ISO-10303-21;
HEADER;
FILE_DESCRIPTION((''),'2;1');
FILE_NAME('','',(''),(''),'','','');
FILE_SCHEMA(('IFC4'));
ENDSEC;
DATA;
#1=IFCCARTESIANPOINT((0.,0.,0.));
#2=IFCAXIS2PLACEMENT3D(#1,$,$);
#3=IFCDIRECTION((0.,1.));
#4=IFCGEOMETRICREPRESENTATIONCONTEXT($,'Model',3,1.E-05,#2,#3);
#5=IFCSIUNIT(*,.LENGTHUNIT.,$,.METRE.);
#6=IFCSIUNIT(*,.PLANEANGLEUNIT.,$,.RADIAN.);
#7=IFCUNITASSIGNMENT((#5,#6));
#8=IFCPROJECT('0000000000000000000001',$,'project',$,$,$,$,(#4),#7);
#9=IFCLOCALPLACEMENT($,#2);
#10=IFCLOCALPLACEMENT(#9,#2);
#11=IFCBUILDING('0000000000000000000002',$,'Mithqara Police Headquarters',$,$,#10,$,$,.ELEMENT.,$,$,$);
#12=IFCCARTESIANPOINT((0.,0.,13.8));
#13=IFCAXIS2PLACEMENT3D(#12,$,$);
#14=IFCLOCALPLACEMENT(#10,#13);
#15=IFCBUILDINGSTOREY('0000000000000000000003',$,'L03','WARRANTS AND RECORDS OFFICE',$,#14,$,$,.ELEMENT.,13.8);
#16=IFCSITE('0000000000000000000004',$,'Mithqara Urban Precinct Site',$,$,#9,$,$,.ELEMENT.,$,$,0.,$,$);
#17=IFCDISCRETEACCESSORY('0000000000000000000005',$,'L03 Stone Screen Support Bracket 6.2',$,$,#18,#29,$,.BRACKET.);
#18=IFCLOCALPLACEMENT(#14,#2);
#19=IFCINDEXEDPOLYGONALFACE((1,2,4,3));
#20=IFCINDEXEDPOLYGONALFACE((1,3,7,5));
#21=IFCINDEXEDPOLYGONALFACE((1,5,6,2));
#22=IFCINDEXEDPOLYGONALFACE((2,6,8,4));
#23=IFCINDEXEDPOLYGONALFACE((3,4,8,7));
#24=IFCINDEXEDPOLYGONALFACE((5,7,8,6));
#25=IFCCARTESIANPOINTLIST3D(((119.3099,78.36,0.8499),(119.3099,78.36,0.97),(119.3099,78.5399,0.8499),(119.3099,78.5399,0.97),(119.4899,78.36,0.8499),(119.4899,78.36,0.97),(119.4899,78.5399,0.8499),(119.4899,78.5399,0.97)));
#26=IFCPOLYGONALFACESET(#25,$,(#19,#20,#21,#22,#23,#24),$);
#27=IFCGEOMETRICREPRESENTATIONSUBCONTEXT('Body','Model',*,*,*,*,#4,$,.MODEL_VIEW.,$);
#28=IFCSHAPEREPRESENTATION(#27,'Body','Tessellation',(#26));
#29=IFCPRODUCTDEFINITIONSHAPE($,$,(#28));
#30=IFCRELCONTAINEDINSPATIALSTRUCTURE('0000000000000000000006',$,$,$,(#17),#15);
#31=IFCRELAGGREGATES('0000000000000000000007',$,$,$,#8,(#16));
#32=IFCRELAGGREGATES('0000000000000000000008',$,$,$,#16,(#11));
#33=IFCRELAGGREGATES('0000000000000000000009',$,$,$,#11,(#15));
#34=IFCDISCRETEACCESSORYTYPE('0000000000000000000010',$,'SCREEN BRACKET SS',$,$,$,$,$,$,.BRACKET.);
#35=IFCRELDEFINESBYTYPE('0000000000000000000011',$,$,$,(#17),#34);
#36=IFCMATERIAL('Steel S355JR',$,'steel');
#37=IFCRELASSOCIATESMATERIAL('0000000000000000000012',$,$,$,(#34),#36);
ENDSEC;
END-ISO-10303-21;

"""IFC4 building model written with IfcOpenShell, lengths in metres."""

from ifc_helpers import new_model, si_unit, direction, frame, origin, origin_2d, place, context, subcontext, project, spatial, rectangle, extrude, material, type_object, element, save


model = new_model("IFC4")

# Units and contexts
model_context = context("Model", 3, precision=1e-05, world=origin(), true_north=direction((0.0, 1.0)))
body_context = subcontext(model_context, "Body", "Model", "MODEL_VIEW")
ifc_project = project(units=[si_unit("LENGTHUNIT", "METRE"), si_unit("PLANEANGLEUNIT", "RADIAN")], contexts=[model_context])

# Site, building, storey
site_placement = place(None, origin())
site = spatial("IfcSite", under=ifc_project, at=site_placement, Name="Mithqara Urban Precinct Site", CompositionType="ELEMENT", RefElevation=0.0)
building_placement = place(site_placement, origin())
building = spatial("IfcBuilding", under=site, at=building_placement, Name="Mithqara Police Headquarters", CompositionType="ELEMENT")
storey_placement = place(building_placement, frame((0.0, 0.0, 13.8)))
storey = spatial("IfcBuildingStorey", under=building, at=storey_placement, Name="L03", Description="WARRANTS AND RECORDS OFFICE", CompositionType="ELEMENT", Elevation=13.8)

# Shared definitions
ifc_material_1 = material(Name="Steel S355JR", Category="steel")

# Discrete accessory
discrete_accessory_type = type_object("IfcDiscreteAccessoryType", Name="SCREEN BRACKET SS", PredefinedType="BRACKET", material=ifc_material_1)
discrete_accessory_placement = place(storey_placement, frame((119.3999, 78.45, 0.8499), z_axis=(0.0, 0.0, 1.0), x_axis=(1.0, 0.0, 0.0)))
element("IfcDiscreteAccessory", 1, at=discrete_accessory_placement, inside=storey, type_object=discrete_accessory_type, Name="L03 Stone Screen Support Bracket 6.2", PredefinedType="BRACKET", context=body_context, shape_type="SweptSolid", body=[
    extrude(rectangle(XDim=0.1799, YDim=0.1799, at=origin_2d()), origin(), (0.0, 0.0, 1.0), 0.1201),
])

save(model, "model.ifc")
